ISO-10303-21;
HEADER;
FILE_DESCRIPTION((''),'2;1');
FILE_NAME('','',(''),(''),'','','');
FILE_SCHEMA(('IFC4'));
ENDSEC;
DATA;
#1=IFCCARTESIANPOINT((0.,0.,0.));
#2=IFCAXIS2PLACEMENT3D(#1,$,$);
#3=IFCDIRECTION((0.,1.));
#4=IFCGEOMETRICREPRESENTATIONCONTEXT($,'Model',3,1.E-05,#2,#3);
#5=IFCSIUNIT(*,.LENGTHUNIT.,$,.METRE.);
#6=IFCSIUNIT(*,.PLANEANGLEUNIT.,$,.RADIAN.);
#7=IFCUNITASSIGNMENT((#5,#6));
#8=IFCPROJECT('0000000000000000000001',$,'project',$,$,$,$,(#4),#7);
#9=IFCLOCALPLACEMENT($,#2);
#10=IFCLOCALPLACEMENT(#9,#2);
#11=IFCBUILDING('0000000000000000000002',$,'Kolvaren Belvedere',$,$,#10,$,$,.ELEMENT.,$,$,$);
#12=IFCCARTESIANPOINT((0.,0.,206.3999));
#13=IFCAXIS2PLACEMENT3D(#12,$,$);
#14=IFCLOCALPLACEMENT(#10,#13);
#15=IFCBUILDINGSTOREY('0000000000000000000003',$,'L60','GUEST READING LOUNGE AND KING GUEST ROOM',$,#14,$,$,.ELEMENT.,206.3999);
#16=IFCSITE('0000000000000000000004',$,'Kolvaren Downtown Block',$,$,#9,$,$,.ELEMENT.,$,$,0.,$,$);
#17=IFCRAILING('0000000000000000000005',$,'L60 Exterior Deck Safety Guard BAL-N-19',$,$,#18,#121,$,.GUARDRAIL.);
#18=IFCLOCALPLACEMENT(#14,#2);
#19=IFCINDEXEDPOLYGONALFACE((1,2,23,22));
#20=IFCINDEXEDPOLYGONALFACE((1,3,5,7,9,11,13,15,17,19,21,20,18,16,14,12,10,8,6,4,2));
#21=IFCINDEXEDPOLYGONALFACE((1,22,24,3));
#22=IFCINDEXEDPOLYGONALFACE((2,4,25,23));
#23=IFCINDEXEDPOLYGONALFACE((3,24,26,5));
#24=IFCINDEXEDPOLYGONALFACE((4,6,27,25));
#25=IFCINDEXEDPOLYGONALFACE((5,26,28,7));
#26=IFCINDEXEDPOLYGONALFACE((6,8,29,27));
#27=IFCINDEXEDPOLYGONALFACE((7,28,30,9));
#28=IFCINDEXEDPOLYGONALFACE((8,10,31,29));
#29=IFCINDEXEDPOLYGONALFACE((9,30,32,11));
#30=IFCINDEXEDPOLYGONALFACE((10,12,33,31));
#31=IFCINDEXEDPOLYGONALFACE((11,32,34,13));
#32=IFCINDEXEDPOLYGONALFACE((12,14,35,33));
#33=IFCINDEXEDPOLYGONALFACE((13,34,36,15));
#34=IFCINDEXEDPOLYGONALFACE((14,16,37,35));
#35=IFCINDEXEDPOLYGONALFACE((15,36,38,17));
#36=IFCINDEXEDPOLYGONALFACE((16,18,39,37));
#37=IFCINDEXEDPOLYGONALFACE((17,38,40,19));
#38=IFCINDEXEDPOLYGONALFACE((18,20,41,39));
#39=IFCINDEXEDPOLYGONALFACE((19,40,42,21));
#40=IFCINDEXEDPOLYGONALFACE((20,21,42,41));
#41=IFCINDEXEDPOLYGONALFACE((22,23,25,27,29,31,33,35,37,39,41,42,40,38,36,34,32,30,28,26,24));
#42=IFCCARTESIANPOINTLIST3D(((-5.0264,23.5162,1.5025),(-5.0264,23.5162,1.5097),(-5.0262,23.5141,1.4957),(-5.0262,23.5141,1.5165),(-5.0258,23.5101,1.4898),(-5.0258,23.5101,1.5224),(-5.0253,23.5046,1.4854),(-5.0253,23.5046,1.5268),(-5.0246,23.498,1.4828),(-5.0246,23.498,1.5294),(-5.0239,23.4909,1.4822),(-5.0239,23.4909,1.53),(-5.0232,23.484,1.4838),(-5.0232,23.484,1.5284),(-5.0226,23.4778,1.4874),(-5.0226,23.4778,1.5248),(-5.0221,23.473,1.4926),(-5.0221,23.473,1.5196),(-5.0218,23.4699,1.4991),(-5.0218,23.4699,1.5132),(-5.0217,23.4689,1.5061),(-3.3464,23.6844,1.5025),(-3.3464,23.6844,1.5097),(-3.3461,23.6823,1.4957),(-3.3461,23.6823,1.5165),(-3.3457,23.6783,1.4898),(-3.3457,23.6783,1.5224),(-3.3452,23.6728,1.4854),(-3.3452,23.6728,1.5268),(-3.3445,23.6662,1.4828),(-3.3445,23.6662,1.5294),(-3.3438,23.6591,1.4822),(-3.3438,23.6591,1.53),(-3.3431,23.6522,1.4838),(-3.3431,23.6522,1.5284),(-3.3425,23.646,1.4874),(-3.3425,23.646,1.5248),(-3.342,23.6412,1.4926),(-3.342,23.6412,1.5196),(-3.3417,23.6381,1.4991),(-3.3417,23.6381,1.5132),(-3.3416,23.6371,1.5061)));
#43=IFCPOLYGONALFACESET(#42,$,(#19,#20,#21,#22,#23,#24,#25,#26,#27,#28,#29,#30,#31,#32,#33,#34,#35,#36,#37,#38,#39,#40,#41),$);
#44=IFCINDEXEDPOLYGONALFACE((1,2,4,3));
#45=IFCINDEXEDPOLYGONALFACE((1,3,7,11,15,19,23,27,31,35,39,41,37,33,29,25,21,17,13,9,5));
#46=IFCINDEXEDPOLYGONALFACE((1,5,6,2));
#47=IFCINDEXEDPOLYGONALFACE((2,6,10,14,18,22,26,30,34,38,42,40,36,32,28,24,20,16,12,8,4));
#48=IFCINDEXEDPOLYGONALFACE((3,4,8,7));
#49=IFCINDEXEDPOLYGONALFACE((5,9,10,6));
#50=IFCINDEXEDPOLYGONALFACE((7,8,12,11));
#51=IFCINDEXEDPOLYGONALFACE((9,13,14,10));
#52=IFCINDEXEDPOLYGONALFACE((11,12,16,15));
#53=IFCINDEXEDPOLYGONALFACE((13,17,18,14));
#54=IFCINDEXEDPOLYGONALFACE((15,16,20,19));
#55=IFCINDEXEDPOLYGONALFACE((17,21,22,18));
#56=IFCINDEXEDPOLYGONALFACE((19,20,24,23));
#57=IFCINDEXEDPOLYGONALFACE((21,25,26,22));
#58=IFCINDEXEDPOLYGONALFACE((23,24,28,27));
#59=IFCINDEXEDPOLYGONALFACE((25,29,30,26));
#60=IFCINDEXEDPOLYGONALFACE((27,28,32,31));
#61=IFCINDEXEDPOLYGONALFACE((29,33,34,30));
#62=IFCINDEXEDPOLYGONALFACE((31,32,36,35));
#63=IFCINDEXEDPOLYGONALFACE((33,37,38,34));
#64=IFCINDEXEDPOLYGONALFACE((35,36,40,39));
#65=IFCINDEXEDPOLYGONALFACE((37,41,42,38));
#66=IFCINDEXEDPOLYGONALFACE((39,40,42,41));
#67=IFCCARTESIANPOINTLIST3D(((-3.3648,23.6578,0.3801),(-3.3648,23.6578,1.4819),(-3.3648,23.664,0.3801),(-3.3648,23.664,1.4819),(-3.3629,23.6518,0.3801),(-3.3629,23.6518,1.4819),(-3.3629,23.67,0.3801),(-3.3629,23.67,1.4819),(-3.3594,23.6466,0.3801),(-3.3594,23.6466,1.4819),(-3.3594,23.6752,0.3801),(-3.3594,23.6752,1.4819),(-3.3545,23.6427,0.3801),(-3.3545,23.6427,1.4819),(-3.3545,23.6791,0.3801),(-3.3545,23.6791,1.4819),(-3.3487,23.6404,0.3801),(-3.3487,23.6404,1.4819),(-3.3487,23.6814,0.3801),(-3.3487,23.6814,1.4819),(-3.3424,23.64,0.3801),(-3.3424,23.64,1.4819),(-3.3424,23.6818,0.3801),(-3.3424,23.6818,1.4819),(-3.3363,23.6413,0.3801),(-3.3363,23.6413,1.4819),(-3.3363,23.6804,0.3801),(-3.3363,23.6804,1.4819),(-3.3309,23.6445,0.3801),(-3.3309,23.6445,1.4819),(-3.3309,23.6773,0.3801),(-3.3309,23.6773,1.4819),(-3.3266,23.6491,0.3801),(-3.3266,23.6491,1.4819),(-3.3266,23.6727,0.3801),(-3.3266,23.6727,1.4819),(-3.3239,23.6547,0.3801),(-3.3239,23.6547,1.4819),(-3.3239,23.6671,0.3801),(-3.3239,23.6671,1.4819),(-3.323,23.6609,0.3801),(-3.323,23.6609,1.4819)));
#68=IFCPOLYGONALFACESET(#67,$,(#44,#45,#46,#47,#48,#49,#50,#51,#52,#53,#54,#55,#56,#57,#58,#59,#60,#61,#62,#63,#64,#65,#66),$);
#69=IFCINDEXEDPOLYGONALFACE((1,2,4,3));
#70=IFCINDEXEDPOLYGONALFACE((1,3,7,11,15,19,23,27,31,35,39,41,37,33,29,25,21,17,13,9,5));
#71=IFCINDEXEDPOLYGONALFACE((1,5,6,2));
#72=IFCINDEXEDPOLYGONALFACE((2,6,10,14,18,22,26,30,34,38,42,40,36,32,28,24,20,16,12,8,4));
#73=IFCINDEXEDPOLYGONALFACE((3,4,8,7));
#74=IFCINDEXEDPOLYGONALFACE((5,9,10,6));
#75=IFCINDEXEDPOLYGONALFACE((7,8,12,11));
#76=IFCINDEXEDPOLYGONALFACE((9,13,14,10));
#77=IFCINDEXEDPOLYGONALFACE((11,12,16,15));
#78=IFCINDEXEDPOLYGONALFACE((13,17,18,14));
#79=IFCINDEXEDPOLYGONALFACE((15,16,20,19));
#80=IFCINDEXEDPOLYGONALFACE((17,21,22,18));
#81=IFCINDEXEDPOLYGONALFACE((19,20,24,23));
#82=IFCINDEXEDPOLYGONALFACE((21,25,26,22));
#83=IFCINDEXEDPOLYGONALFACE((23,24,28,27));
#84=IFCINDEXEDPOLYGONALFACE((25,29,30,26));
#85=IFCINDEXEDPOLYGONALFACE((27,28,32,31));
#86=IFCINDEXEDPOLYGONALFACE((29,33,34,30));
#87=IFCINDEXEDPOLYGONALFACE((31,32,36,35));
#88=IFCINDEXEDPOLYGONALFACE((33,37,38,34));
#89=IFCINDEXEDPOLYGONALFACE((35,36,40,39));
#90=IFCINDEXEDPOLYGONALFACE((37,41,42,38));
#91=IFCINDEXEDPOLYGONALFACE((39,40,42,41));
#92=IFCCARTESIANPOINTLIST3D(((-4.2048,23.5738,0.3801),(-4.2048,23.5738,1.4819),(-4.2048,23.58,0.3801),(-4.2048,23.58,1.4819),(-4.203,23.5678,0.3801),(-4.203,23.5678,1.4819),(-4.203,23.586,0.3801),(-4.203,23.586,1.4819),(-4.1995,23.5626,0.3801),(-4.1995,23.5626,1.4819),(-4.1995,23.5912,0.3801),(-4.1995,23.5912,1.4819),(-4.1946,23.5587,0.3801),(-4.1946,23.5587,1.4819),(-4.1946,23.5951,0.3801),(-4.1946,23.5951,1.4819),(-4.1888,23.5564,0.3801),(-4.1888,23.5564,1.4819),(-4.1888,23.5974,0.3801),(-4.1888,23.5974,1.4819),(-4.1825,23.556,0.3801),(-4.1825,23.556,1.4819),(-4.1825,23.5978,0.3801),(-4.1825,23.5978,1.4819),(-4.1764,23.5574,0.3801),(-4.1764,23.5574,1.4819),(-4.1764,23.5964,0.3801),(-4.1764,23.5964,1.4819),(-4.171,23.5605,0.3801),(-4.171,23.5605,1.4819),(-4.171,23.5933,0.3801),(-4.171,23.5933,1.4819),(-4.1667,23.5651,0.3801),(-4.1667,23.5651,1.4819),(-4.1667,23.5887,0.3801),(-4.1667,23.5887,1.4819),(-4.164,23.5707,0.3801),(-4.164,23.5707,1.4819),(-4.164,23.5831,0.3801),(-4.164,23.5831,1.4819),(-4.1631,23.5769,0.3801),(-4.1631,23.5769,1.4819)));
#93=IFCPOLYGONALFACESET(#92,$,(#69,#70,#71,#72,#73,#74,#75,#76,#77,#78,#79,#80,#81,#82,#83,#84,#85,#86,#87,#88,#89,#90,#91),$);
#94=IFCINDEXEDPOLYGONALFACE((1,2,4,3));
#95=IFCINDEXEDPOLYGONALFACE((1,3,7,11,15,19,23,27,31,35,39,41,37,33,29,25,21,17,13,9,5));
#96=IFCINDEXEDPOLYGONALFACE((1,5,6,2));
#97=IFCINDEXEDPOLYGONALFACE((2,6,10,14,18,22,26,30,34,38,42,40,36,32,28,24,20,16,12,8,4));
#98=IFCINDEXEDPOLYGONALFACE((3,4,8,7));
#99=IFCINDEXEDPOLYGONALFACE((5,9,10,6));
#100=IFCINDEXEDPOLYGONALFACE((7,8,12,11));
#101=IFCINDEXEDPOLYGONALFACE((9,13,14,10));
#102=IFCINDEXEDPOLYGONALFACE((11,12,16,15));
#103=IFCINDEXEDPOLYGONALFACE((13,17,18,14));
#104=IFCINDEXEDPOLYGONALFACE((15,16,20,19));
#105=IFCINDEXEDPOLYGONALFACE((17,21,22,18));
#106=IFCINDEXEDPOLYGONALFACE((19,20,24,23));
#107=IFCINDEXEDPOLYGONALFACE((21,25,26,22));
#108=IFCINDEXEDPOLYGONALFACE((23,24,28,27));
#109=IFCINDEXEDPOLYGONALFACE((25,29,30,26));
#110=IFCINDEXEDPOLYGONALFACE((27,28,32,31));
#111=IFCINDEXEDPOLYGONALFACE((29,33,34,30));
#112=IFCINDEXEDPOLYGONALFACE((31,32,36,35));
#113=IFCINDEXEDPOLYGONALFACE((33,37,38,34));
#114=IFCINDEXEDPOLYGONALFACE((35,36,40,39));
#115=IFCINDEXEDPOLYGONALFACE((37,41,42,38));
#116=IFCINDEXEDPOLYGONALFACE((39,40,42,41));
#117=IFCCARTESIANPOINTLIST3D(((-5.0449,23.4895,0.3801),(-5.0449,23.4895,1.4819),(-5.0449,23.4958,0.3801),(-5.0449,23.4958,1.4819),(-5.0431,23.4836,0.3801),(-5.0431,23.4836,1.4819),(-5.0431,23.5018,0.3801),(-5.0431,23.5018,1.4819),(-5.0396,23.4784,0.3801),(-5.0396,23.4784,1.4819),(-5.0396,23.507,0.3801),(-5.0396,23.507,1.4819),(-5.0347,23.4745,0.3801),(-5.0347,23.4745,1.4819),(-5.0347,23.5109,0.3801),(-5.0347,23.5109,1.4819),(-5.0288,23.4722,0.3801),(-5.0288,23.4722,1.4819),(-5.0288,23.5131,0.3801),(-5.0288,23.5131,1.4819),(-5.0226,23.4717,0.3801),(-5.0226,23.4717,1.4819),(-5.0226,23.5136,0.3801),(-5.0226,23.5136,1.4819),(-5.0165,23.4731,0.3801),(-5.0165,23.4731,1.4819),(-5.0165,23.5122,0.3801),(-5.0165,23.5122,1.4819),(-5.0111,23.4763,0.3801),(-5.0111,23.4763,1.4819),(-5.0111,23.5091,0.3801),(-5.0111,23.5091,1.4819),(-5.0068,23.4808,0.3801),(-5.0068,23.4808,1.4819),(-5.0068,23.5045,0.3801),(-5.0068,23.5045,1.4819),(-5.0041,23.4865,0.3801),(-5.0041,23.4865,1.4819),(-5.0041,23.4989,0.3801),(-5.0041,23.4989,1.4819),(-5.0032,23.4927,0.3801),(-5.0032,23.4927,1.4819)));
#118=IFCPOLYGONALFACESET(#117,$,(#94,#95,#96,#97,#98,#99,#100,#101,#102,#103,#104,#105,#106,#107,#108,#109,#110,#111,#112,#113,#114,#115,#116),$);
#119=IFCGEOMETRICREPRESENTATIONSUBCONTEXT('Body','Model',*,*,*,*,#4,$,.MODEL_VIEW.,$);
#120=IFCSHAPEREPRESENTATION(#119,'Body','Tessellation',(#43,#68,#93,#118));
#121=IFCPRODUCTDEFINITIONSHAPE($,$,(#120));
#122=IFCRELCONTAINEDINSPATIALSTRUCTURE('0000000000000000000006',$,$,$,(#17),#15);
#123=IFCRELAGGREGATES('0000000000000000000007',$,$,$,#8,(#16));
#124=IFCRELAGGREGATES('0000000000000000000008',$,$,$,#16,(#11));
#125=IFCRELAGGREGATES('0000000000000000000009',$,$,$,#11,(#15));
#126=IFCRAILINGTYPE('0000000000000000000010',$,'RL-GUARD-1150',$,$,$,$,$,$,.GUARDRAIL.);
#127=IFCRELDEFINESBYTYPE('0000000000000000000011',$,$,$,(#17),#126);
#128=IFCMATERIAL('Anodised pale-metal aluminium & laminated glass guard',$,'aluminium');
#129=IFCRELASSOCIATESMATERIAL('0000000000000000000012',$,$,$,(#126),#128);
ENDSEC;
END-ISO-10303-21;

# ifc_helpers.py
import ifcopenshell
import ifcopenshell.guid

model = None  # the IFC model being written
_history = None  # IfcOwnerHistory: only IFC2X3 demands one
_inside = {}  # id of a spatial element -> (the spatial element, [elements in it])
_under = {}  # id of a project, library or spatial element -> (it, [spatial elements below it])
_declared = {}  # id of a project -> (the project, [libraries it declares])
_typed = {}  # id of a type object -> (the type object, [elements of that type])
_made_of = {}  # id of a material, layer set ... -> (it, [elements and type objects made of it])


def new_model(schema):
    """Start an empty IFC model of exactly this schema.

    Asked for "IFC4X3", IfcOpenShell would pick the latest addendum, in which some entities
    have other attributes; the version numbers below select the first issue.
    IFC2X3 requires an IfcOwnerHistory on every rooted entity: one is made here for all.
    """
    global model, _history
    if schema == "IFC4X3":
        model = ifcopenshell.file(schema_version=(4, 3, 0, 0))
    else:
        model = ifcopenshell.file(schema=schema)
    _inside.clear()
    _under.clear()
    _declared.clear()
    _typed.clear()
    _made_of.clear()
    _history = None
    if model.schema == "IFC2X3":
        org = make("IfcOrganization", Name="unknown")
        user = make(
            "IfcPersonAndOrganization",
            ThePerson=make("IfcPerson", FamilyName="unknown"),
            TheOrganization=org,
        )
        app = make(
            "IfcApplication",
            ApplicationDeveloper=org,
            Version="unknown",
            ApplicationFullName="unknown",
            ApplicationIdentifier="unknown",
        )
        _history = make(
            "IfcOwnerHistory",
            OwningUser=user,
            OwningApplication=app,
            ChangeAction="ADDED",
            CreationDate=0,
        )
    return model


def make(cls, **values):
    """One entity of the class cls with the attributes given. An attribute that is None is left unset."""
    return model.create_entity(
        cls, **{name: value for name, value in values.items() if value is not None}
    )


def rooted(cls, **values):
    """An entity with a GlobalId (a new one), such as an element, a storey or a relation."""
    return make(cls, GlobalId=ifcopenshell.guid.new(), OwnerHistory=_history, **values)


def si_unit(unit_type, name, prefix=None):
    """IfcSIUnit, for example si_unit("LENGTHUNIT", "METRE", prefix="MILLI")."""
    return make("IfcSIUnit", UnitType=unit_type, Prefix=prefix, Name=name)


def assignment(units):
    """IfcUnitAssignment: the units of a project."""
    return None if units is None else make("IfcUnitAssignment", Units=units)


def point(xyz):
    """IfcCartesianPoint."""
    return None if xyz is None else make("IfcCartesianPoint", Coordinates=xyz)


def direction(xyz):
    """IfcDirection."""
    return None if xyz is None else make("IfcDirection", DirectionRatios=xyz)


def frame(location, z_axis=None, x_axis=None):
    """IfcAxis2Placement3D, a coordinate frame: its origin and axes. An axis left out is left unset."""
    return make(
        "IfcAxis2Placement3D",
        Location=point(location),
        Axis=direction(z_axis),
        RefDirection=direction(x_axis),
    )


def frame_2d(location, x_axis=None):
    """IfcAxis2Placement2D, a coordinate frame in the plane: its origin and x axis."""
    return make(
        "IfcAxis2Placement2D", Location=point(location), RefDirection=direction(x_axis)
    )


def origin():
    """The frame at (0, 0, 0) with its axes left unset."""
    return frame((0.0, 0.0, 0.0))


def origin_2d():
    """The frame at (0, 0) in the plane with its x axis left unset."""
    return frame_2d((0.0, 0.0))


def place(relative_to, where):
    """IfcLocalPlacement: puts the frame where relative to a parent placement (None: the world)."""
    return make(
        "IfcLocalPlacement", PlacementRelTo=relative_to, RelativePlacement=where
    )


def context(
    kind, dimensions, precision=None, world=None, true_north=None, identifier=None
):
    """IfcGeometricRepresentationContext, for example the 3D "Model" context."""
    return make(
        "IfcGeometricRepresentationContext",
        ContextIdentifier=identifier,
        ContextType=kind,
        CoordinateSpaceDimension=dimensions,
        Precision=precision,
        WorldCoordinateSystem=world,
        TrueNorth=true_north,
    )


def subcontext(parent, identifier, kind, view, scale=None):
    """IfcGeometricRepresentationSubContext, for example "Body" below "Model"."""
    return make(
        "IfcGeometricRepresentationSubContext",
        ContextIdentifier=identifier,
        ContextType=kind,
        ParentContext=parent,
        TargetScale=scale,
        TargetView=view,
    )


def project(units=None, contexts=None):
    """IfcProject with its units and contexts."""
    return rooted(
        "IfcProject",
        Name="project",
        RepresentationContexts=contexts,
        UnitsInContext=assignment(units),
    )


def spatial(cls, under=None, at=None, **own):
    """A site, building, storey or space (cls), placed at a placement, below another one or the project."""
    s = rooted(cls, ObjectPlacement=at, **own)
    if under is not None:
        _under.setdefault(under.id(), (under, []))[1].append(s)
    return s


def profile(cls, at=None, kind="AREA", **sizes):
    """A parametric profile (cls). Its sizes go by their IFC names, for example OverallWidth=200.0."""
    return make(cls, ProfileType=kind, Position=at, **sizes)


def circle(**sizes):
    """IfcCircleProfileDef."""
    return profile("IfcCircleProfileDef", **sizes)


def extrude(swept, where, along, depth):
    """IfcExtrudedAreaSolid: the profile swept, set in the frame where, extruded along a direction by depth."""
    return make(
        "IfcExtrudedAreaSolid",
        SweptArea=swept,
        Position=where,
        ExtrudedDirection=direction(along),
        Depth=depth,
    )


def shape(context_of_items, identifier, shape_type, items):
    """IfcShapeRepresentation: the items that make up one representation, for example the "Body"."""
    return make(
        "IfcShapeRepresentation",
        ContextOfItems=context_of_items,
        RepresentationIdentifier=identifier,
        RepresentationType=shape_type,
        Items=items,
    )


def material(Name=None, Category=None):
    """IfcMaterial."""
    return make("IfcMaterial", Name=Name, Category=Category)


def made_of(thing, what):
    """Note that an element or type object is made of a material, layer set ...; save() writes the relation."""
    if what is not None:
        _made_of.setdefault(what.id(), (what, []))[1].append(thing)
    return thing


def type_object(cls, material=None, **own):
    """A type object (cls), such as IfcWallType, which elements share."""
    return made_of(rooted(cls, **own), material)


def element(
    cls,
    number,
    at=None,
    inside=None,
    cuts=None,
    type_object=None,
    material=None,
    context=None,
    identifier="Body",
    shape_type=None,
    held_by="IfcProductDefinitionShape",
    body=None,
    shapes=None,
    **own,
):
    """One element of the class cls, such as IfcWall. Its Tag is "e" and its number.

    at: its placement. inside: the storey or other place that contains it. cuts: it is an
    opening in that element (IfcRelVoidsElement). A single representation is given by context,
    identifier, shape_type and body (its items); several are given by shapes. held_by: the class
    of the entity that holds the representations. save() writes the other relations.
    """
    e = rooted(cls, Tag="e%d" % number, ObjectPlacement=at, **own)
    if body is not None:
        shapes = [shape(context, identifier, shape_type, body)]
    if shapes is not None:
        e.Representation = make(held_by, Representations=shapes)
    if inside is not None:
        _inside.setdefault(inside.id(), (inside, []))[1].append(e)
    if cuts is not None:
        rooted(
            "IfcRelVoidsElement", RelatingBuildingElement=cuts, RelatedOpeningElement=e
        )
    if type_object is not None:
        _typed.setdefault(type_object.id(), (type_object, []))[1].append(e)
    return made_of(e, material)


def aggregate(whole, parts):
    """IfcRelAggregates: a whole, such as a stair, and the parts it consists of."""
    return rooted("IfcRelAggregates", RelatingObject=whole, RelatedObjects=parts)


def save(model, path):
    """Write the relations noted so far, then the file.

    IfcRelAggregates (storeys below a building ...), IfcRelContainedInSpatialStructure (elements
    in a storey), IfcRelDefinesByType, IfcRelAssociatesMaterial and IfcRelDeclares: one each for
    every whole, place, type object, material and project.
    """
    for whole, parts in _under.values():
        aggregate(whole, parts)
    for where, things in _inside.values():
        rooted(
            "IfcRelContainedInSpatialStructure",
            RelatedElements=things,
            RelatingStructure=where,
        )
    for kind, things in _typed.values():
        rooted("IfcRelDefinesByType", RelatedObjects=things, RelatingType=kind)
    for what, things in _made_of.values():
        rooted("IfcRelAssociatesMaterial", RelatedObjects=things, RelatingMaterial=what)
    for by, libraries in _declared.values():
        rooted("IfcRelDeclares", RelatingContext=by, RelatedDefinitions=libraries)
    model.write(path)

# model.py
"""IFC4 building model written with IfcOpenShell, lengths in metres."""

from ifc_helpers import new_model, si_unit, direction, frame, origin, origin_2d, place, context, subcontext, project, spatial, circle, extrude, material, type_object, element, save


model = new_model("IFC4")

# Units and contexts
model_context = context("Model", 3, precision=1e-05, world=origin(), true_north=direction((0.0, 1.0)))
body_context = subcontext(model_context, "Body", "Model", "MODEL_VIEW")
ifc_project = project(units=[si_unit("LENGTHUNIT", "METRE"), si_unit("PLANEANGLEUNIT", "RADIAN")], contexts=[model_context])

# Site, building, storey
site_placement = place(None, origin())
site = spatial("IfcSite", under=ifc_project, at=site_placement, Name="Kolvaren Downtown Block", CompositionType="ELEMENT", RefElevation=0.0)
building_placement = place(site_placement, origin())
building = spatial("IfcBuilding", under=site, at=building_placement, Name="Kolvaren Belvedere", CompositionType="ELEMENT")
storey_placement = place(building_placement, frame((0.0, 0.0, 206.3999)))
storey = spatial("IfcBuildingStorey", under=building, at=storey_placement, Name="L60", Description="GUEST READING LOUNGE AND KING GUEST ROOM", CompositionType="ELEMENT", Elevation=206.3999)

# Railing
ifc_material_1 = material(Name="Anodised pale-metal aluminium & laminated glass guard", Category="aluminium")
railing_type = type_object("IfcRailingType", Name="RL-GUARD-1150", PredefinedType="GUARDRAIL", material=ifc_material_1)
railing_1_placement = place(storey_placement, frame((-3.344, 23.6609, 0.3801)))
element("IfcRailing", 1, at=railing_1_placement, inside=storey, type_object=railing_type, Name="L60 Exterior Deck Safety Guard BAL-N-19", PredefinedType="GUARDRAIL", context=body_context, shape_type="SweptSolid", body=[
    extrude(circle(Radius=0.0239, at=origin_2d()), frame((0.0, 0.0, 1.126), z_axis=(-0.995026, -0.099618, 0.0), x_axis=(0.099618, -0.995026, 0.0)), (0.0, 0.0, 1.0), 1.6885),
    extrude(circle(Radius=0.021, at=origin_2d()), origin(), (0.0, 0.0, 1.0), 1.1018),
    extrude(circle(Radius=0.021, at=origin_2d()), frame((-0.8401, -0.084, 0.0)), (0.0, 0.0, 1.0), 1.1018),
    extrude(circle(Radius=0.021, at=origin_2d()), frame((-1.6802, -0.1682, 0.0)), (0.0, 0.0, 1.0), 1.1018),
])

save(model, "model.ifc")
